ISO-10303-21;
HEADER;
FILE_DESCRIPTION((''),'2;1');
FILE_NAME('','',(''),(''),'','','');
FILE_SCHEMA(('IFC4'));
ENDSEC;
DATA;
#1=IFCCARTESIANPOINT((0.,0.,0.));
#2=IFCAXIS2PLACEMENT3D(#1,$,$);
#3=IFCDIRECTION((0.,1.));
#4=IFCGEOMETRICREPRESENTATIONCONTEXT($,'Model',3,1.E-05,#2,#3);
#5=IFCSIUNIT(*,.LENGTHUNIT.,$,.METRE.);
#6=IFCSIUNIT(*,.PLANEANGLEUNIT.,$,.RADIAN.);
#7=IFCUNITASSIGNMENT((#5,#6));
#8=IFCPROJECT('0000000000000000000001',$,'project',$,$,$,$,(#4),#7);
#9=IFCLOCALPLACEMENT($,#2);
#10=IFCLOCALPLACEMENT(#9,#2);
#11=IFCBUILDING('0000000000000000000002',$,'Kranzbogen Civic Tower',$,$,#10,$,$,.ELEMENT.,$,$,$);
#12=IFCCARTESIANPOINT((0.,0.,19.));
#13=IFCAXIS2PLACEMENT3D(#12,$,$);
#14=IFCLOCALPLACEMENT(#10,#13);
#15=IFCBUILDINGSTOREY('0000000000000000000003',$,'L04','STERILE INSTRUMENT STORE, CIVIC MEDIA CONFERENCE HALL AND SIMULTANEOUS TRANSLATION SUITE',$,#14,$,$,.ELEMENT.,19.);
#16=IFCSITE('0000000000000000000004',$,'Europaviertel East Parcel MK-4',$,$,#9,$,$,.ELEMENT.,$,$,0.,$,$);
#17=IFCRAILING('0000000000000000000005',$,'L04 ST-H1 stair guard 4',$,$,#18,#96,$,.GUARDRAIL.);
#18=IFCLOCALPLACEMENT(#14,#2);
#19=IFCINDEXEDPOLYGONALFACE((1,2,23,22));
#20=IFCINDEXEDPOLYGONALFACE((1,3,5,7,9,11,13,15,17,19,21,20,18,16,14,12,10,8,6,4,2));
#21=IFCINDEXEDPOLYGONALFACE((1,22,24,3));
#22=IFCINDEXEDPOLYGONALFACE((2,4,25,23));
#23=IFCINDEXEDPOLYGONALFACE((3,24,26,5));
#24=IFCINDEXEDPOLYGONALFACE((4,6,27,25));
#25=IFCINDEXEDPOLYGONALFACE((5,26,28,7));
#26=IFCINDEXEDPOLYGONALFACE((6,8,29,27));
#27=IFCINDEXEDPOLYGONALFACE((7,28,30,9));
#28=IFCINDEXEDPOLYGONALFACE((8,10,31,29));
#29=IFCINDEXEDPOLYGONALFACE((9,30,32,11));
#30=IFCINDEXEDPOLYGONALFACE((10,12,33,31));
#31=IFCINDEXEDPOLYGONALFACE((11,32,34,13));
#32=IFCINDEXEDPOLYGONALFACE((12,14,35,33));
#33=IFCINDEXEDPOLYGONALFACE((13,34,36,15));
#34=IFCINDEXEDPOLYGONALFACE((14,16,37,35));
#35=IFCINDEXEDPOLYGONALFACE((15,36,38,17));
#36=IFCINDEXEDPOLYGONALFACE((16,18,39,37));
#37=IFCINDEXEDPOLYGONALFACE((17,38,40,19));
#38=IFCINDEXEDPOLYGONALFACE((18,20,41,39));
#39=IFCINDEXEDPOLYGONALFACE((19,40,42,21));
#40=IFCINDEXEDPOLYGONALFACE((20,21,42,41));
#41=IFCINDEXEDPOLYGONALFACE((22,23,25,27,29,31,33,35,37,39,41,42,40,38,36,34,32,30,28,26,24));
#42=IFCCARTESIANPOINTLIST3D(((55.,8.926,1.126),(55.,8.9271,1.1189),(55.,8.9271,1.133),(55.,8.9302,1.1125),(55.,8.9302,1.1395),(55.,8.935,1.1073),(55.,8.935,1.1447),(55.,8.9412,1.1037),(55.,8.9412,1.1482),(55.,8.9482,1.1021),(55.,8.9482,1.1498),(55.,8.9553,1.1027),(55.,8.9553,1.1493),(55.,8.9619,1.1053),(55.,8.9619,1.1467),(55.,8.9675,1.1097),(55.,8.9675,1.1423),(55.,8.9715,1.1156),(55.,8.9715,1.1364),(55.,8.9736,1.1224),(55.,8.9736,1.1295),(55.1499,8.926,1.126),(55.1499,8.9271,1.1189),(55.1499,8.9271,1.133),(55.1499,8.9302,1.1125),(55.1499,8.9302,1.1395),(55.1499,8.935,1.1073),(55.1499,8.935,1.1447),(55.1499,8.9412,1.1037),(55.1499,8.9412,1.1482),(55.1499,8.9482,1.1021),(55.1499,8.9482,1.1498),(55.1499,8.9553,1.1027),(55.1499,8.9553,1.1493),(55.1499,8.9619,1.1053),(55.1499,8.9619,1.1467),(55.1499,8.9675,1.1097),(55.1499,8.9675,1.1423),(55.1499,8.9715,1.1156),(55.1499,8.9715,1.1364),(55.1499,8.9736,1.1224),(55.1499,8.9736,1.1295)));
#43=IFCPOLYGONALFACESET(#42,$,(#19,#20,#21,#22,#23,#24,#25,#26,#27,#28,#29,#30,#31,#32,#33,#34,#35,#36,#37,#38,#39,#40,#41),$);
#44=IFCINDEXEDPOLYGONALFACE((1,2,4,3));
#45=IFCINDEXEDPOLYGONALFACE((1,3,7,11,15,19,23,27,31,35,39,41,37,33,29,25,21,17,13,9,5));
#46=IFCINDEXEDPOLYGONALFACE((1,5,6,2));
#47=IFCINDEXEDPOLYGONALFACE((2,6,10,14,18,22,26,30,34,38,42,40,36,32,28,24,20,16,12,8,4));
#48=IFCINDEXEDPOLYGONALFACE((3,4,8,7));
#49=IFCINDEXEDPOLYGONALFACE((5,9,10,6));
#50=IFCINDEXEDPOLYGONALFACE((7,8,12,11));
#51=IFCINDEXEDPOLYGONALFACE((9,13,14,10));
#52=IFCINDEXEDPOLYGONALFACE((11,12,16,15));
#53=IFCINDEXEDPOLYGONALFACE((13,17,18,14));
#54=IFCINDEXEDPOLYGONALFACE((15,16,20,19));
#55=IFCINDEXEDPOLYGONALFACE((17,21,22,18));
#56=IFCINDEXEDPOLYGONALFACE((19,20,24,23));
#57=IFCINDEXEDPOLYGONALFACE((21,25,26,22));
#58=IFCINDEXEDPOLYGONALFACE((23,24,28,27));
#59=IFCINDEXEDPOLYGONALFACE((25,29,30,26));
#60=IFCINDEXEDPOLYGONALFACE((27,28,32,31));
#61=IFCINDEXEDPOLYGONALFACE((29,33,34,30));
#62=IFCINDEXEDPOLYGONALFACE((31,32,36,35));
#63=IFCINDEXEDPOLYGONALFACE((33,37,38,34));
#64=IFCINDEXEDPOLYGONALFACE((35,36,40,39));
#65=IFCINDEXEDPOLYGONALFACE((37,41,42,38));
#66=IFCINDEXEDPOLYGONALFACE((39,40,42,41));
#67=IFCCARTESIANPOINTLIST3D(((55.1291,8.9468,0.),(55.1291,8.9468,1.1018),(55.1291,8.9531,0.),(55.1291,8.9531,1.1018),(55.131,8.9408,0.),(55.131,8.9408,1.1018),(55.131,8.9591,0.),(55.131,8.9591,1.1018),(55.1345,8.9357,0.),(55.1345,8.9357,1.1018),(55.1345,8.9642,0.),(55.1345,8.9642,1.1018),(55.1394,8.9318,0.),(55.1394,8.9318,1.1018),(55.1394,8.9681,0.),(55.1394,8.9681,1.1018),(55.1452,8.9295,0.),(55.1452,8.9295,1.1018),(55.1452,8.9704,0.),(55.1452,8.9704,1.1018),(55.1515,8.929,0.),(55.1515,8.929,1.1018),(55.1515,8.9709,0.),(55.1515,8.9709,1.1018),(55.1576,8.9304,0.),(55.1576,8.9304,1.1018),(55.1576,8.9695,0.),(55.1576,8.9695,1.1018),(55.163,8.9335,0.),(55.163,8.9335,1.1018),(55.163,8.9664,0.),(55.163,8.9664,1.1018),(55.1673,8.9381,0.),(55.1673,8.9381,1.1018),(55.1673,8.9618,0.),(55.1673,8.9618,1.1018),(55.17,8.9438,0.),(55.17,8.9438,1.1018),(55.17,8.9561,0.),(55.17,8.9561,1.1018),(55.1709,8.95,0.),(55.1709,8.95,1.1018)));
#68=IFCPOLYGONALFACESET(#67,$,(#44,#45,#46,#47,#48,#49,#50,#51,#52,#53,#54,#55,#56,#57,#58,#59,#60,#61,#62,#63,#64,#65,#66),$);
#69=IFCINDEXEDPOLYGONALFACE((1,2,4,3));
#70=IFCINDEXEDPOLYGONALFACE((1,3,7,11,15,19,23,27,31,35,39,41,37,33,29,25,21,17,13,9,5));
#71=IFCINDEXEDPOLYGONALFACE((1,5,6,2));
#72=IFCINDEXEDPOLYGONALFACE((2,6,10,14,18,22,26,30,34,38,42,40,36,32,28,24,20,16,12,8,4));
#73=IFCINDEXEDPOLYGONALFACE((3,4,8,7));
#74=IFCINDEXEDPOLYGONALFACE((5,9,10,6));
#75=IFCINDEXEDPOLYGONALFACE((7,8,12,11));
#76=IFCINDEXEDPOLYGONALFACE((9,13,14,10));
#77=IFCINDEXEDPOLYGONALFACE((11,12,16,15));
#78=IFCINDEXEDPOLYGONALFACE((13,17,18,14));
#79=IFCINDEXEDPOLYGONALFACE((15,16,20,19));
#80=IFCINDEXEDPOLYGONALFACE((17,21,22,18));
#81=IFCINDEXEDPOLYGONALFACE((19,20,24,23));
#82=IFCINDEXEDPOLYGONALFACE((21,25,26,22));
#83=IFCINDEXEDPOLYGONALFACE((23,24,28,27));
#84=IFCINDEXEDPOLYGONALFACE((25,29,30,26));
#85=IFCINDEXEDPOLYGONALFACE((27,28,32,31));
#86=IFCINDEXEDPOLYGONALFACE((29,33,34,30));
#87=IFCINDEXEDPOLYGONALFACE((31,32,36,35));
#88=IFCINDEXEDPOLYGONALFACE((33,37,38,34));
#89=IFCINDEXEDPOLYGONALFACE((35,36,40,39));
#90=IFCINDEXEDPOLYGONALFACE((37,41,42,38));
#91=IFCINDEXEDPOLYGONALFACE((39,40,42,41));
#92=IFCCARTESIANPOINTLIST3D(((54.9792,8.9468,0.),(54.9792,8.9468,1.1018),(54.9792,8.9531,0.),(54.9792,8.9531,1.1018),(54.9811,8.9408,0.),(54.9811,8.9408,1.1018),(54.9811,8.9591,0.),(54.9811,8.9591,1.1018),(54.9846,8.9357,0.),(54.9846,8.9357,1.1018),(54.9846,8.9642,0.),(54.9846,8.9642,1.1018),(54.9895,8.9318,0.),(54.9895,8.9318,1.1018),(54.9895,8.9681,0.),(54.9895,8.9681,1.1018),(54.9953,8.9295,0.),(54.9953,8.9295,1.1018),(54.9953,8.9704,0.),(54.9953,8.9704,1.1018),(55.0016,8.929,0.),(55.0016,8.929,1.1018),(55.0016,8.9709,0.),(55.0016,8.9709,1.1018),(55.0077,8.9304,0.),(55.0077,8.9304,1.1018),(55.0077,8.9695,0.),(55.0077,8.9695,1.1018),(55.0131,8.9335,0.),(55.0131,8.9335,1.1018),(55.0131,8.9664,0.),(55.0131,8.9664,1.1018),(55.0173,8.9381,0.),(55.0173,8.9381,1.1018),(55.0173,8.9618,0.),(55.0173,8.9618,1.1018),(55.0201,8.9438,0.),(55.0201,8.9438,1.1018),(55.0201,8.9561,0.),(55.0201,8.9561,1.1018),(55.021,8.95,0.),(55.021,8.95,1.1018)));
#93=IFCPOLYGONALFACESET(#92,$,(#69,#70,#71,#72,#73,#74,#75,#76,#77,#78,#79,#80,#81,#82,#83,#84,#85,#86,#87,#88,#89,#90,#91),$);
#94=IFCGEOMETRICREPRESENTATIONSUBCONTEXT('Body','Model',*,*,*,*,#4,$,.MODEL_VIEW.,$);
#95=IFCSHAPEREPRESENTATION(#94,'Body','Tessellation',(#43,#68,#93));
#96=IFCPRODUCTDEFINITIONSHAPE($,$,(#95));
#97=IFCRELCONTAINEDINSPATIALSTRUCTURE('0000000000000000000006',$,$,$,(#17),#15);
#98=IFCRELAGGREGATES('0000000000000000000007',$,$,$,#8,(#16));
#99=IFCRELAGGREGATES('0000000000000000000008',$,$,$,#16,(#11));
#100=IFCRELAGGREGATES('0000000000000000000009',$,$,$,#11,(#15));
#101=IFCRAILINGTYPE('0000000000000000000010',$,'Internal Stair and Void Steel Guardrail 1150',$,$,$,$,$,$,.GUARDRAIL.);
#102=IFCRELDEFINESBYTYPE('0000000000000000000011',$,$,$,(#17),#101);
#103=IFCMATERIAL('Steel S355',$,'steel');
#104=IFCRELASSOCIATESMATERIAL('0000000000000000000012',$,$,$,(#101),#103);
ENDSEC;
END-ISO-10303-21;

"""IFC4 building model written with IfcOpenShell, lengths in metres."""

from ifc_helpers import new_model, si_unit, direction, frame, origin, origin_2d, place, context, subcontext, project, spatial, circle, extrude, material, type_object, element, save


model = new_model("IFC4")

# Units and contexts
model_context = context("Model", 3, precision=1e-05, world=origin(), true_north=direction((0.0, 1.0)))
body_context = subcontext(model_context, "Body", "Model", "MODEL_VIEW")
ifc_project = project(units=[si_unit("LENGTHUNIT", "METRE"), si_unit("PLANEANGLEUNIT", "RADIAN")], contexts=[model_context])

# Site, building, storey
site_placement = place(None, origin())
site = spatial("IfcSite", under=ifc_project, at=site_placement, Name="Europaviertel East Parcel MK-4", CompositionType="ELEMENT", RefElevation=0.0)
building_placement = place(site_placement, origin())
building = spatial("IfcBuilding", under=site, at=building_placement, Name="Kranzbogen Civic Tower", CompositionType="ELEMENT")
storey_placement = place(building_placement, frame((0.0, 0.0, 19.0)))
storey = spatial("IfcBuildingStorey", under=building, at=storey_placement, Name="L04", Description="STERILE INSTRUMENT STORE, CIVIC MEDIA CONFERENCE HALL AND SIMULTANEOUS TRANSLATION SUITE", CompositionType="ELEMENT", Elevation=19.0)

# Shared definitions
ifc_material_1 = material(Name="Steel S355", Category="steel")

# Railing
railing_type_1 = type_object("IfcRailingType", Name="Internal Stair and Void Steel Guardrail 1150", PredefinedType="GUARDRAIL", material=ifc_material_1)
railing_1_placement = place(storey_placement, frame((55.1499, 8.95, 0.0)))
element("IfcRailing", 1, at=railing_1_placement, inside=storey, type_object=railing_type_1, Name="L04 ST-H1 stair guard 4", PredefinedType="GUARDRAIL", context=body_context, shape_type="SweptSolid", body=[
    extrude(circle(Radius=0.0239, at=origin_2d()), frame((0.0, 0.0, 1.126), z_axis=(-1.0, 0.0, 0.0), x_axis=(0.0, -1.0, 0.0)), (0.0, 0.0, 1.0), 0.1499),
    extrude(circle(Radius=0.021, at=origin_2d()), origin(), (0.0, 0.0, 1.0), 1.1018),
    extrude(circle(Radius=0.021, at=origin_2d()), frame((-0.1499, 0.0, 0.0)), (0.0, 0.0, 1.0), 1.1018),
])

save(model, "model.ifc")
